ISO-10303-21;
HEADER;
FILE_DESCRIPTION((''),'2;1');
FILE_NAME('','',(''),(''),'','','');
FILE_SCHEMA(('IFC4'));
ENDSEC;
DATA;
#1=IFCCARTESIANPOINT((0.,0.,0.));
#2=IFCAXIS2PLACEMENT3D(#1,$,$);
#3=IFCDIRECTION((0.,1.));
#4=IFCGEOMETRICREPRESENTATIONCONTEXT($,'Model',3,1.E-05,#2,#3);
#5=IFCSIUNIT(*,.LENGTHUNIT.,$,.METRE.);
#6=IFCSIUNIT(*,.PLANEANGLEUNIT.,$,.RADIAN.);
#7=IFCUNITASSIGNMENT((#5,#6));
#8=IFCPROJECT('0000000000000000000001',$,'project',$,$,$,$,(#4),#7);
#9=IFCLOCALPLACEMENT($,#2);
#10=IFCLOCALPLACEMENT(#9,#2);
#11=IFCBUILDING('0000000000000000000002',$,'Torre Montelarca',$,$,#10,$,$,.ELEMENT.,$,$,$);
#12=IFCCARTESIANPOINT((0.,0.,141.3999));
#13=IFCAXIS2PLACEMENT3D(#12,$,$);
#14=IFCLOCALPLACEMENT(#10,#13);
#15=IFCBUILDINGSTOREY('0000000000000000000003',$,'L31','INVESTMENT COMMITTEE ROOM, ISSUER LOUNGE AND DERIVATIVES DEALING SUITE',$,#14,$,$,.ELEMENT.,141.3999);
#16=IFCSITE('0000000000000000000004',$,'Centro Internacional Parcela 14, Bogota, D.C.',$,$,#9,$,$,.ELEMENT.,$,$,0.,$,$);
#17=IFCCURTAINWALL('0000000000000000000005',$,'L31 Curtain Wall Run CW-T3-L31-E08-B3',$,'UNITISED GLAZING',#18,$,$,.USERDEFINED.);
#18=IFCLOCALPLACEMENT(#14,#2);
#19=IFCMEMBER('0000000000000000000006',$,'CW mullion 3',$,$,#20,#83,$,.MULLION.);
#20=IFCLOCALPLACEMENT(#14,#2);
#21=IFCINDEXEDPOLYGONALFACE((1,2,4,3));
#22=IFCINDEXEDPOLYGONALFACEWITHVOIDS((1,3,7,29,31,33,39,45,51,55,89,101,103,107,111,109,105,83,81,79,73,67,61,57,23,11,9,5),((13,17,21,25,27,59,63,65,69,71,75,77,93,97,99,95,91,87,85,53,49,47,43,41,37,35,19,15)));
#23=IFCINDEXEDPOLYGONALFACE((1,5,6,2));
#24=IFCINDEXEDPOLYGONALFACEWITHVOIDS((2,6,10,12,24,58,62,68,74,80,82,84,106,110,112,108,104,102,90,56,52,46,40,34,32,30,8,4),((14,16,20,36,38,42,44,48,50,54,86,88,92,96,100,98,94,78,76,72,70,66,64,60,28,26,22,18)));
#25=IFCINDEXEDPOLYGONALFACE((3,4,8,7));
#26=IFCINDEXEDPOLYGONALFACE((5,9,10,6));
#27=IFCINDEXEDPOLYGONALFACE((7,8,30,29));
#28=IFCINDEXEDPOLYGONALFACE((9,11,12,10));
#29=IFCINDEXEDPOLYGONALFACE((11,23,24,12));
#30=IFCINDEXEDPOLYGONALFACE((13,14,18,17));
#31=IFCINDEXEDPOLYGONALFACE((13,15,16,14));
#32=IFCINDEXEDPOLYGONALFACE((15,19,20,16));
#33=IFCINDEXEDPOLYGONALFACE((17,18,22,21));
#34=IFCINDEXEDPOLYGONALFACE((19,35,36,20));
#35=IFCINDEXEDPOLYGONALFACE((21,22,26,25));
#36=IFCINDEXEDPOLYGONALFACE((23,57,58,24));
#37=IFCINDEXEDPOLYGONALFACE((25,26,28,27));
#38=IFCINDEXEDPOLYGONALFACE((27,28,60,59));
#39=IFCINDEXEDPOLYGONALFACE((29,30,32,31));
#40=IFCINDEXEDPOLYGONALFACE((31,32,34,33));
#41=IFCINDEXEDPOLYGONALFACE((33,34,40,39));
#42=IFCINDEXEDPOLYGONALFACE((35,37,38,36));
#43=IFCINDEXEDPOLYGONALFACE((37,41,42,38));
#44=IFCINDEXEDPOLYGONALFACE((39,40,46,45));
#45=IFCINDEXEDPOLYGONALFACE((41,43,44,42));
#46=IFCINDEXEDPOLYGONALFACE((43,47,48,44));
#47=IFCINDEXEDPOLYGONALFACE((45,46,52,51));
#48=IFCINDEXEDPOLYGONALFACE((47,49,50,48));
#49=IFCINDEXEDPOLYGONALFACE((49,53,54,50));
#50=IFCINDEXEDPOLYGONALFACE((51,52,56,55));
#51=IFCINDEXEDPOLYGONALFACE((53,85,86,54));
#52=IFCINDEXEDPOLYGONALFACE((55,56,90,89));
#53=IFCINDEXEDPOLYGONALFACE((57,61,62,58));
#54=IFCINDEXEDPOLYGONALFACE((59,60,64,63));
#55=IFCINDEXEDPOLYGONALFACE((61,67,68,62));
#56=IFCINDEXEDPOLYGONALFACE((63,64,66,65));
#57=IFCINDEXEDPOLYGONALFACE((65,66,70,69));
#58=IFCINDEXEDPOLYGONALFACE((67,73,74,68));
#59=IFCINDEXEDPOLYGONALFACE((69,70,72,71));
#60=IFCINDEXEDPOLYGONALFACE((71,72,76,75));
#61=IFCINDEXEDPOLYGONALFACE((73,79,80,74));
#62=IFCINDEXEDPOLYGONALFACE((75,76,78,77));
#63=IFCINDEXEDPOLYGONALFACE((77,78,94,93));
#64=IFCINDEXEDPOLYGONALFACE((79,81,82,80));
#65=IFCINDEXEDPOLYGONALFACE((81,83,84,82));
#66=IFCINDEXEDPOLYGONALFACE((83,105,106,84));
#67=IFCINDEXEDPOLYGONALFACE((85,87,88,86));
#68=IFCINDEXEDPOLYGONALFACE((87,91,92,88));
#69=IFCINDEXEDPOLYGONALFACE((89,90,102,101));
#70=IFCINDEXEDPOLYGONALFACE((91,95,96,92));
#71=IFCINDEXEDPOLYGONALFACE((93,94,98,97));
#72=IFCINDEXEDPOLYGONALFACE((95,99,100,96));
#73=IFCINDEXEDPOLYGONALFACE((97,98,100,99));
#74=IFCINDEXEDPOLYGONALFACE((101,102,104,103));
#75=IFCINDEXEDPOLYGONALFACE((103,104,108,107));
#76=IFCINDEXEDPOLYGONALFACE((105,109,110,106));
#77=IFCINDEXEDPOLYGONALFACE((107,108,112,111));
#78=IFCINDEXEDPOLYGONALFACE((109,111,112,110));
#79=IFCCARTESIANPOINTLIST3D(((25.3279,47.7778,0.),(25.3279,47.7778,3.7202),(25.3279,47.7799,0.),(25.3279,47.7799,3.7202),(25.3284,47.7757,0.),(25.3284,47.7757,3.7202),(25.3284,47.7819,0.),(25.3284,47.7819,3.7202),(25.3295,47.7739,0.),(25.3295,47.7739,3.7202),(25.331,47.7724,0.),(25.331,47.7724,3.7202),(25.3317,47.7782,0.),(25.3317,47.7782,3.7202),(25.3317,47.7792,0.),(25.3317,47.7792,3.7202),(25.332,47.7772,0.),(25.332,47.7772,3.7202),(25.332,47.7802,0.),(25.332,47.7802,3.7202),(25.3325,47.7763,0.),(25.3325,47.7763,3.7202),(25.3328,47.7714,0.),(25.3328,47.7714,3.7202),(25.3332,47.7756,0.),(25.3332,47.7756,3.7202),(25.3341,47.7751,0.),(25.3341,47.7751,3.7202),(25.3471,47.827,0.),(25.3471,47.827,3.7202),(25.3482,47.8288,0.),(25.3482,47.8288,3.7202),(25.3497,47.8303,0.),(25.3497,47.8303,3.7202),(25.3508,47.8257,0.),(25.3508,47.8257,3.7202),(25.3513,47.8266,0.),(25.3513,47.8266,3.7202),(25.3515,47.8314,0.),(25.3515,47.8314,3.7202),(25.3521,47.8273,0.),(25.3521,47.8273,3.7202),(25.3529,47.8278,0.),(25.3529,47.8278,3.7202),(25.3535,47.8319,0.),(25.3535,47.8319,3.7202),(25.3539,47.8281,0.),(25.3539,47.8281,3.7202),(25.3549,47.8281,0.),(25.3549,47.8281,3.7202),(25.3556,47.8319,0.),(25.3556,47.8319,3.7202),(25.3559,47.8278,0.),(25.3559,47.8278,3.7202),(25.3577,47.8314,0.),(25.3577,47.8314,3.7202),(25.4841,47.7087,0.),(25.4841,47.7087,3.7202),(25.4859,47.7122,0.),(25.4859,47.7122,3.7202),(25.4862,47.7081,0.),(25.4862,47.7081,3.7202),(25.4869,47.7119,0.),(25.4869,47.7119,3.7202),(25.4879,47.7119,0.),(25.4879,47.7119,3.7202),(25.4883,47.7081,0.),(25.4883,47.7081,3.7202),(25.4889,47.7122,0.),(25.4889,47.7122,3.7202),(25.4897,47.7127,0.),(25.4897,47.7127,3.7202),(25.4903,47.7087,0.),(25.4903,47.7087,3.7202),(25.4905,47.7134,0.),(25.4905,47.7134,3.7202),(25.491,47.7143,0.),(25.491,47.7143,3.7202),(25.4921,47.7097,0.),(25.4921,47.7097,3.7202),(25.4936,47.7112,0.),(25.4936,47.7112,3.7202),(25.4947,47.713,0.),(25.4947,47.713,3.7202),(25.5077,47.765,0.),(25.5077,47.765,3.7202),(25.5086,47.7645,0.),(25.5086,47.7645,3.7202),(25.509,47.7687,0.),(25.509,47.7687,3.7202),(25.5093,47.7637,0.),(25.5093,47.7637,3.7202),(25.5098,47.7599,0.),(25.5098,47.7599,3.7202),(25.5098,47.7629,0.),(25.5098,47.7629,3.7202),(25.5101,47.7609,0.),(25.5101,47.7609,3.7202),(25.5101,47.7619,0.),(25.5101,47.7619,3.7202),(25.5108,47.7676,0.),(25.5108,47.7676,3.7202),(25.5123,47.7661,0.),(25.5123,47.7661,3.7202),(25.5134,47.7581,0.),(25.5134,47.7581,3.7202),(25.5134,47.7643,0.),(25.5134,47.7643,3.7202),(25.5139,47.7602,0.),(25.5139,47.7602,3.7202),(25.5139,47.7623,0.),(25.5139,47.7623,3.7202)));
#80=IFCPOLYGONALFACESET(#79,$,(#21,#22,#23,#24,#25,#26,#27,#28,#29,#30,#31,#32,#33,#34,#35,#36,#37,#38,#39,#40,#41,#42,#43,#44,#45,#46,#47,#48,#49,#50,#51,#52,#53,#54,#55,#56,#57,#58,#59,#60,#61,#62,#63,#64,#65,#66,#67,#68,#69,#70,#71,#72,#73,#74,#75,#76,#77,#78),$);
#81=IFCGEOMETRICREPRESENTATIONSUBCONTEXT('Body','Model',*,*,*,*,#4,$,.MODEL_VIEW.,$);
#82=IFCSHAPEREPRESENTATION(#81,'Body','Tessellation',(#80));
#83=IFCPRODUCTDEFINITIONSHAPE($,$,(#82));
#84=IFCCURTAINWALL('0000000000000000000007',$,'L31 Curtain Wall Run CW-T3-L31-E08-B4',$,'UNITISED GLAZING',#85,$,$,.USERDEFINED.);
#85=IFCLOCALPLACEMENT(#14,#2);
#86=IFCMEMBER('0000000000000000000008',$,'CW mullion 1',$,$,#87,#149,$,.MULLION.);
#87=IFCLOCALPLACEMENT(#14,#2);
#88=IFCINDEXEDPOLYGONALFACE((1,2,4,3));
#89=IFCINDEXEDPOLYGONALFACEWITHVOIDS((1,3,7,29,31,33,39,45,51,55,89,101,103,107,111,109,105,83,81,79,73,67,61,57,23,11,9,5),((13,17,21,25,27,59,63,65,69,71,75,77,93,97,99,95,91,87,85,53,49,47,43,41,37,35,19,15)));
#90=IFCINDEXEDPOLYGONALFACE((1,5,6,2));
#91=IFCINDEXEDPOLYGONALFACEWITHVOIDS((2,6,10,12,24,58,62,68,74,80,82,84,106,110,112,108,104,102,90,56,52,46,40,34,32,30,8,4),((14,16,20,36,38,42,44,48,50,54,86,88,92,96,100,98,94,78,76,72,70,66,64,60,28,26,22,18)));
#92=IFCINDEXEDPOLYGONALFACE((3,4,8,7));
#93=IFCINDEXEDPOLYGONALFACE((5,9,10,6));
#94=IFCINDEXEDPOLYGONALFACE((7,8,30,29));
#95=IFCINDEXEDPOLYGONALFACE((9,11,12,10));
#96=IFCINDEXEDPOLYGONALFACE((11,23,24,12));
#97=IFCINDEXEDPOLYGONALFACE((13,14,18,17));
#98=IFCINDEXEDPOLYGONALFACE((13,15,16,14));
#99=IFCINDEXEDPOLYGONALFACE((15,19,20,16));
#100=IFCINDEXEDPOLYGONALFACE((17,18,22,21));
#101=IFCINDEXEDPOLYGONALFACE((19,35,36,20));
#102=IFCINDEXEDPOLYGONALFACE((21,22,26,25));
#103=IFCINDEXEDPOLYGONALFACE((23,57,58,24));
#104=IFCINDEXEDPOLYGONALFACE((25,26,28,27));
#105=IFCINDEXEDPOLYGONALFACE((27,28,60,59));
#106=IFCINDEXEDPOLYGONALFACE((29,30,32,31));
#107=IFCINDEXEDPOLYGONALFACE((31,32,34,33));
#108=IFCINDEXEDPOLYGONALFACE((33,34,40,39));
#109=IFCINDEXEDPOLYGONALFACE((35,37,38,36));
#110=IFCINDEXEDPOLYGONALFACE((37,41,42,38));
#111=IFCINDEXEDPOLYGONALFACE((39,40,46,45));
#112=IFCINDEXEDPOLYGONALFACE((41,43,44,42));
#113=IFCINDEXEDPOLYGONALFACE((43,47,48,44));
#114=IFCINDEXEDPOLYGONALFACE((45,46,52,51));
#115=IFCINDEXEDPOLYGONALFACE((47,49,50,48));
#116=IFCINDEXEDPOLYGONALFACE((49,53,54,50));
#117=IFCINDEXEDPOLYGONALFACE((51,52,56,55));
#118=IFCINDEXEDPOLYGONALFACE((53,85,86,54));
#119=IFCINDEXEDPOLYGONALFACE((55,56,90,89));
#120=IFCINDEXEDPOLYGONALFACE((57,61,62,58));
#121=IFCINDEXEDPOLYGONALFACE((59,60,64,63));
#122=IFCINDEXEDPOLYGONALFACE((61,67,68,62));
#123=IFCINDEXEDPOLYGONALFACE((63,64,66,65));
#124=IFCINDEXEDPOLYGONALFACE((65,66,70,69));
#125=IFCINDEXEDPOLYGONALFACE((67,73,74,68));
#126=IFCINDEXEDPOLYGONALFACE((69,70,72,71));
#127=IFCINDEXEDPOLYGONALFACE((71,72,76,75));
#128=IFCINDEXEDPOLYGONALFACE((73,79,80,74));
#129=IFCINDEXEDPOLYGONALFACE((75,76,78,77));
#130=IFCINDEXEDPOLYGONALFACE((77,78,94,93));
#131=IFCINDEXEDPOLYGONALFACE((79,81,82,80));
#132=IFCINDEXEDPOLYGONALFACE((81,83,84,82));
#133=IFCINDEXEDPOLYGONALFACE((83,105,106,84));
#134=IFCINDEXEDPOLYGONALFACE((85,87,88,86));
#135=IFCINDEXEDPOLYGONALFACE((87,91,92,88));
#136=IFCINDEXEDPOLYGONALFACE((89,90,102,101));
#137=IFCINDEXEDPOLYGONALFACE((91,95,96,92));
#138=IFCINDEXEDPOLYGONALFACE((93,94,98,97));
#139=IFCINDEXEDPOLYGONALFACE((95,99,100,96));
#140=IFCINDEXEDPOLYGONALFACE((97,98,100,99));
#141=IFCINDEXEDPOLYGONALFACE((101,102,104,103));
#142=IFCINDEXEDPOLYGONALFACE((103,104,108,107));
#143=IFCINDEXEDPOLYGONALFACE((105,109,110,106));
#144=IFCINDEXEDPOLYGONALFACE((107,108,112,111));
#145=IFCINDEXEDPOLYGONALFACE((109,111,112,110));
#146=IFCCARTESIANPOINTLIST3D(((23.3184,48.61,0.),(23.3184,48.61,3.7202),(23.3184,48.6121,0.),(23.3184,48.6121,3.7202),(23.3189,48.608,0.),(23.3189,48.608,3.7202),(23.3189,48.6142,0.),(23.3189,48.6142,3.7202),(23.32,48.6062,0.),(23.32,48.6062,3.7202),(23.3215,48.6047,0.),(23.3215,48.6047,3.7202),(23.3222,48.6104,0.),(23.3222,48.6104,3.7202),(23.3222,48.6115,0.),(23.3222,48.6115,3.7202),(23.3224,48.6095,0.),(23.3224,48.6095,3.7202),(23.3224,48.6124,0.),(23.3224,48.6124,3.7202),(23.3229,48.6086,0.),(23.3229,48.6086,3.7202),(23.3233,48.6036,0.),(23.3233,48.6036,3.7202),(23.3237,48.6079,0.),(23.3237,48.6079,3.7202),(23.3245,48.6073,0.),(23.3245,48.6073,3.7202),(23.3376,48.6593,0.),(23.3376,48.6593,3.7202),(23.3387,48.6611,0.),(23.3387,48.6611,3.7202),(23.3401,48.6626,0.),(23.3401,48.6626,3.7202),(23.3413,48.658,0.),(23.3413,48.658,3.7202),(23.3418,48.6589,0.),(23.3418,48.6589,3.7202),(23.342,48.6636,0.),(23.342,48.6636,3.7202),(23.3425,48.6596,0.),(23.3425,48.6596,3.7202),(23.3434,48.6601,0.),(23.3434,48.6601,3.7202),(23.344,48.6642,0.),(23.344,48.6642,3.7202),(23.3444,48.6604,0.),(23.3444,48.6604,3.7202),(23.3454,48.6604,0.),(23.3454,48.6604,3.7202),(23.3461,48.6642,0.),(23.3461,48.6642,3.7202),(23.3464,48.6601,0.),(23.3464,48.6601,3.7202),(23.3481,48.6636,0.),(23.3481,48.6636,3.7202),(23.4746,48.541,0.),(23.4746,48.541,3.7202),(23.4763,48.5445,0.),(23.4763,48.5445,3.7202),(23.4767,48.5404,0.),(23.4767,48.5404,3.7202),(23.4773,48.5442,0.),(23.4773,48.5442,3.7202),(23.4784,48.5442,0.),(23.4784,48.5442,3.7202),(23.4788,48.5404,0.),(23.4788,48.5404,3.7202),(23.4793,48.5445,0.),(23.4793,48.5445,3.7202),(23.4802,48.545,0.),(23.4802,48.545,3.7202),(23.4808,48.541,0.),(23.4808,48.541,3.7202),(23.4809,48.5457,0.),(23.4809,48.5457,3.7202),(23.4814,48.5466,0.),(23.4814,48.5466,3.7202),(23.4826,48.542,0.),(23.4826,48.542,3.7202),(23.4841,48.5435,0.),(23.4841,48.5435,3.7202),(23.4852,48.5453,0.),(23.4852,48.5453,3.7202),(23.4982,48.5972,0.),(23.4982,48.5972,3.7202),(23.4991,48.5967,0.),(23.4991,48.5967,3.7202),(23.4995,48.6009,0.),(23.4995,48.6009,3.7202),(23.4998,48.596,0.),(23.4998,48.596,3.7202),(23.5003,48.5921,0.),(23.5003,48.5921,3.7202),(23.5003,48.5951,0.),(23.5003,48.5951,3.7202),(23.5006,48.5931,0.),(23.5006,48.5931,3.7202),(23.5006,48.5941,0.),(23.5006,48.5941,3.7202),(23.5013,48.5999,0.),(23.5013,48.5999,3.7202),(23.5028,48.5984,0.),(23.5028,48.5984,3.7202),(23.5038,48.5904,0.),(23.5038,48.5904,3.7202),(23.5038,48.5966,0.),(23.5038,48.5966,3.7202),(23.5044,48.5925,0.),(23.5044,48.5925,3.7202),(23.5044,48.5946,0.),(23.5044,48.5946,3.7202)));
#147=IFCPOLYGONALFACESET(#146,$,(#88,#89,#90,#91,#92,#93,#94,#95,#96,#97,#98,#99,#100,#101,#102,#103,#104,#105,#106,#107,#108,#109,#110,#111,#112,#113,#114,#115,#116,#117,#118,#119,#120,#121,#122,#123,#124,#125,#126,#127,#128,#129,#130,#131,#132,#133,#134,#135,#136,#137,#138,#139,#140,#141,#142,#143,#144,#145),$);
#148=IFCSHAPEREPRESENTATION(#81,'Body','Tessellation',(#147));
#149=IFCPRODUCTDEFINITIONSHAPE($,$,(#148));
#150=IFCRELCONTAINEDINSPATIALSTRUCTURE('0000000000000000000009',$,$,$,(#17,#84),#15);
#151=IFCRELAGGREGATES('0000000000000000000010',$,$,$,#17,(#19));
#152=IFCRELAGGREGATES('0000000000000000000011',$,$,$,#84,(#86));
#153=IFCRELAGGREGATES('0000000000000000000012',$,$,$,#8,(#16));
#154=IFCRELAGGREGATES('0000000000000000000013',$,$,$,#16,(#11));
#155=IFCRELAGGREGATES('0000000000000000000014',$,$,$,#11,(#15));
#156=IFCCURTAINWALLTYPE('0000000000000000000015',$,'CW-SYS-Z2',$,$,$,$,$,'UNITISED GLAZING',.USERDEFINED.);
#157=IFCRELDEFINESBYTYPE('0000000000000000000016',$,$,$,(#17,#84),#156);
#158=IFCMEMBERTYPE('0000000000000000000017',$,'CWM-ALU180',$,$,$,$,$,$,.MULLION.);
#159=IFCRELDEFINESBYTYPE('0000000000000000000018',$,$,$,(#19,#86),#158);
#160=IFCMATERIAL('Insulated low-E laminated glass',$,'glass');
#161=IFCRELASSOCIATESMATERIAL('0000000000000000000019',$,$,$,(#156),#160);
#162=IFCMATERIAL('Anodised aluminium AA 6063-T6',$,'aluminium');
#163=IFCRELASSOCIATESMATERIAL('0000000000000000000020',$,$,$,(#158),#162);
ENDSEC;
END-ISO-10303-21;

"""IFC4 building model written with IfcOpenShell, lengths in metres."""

from ifc_helpers import new_model, si_unit, direction, frame, origin, origin_2d, place, context, subcontext, project, spatial, hollow_rectangle, extrude, source, transform, mapped, material, material_profile, profile_set, type_object, element, aggregate, save


model = new_model("IFC4")

# Units and contexts
model_context = context("Model", 3, precision=1e-05, world=origin(), true_north=direction((0.0, 1.0)))
body_context = subcontext(model_context, "Body", "Model", "MODEL_VIEW")
ifc_project = project(units=[si_unit("LENGTHUNIT", "METRE"), si_unit("PLANEANGLEUNIT", "RADIAN")], contexts=[model_context])

# Site, building, storey
site_placement = place(None, origin())
site = spatial("IfcSite", under=ifc_project, at=site_placement, Name="Centro Internacional Parcela 14, Bogota, D.C.", CompositionType="ELEMENT", RefElevation=0.0)
building_placement = place(site_placement, origin())
building = spatial("IfcBuilding", under=site, at=building_placement, Name="Torre Montelarca", CompositionType="ELEMENT")
storey_placement = place(building_placement, frame((0.0, 0.0, 141.3999)))
storey = spatial("IfcBuildingStorey", under=building, at=storey_placement, Name="L31", Description="INVESTMENT COMMITTEE ROOM, ISSUER LOUNGE AND DERIVATIVES DEALING SUITE", CompositionType="ELEMENT", Elevation=141.3999)

# Curtain wall, member
ifc_material_1 = material(Name="Insulated low-E laminated glass", Category="glass")
curtain_wall_type = type_object("IfcCurtainWallType", Name="CW-SYS-Z2", ElementType="UNITISED GLAZING", PredefinedType="USERDEFINED", material=ifc_material_1)
curtain_wall_1_placement = place(storey_placement, origin())
curtain_wall_1 = element("IfcCurtainWall", 1, at=curtain_wall_1_placement, inside=storey, type_object=curtain_wall_type, Name="L31 Curtain Wall Run CW-T3-L31-E08-B3", ObjectType="UNITISED GLAZING", PredefinedType="USERDEFINED")
ifc_material_2 = material(Name="Anodised aluminium AA 6063-T6", Category="aluminium")
ifc_material_profile_1 = material_profile(ifc_material_2, hollow_rectangle(XDim=0.0649, YDim=0.1799, WallThickness=0.0039, InnerFilletRadius=0.0039, OuterFilletRadius=0.0081, at=origin_2d()), Name="ALU65X180X4", Category="aluminium")
ifc_profile_set_1 = profile_set([ifc_material_profile_1], Name="Anodised aluminium AA 6063-T6")
member_type_1 = type_object("IfcMemberType", Name="CWM-ALU180", PredefinedType="MULLION", material=ifc_profile_set_1)
shared_shape_1 = source(origin(), body_context, "Body", "SweptSolid", [
    extrude(hollow_rectangle(XDim=0.0649, YDim=0.1799, WallThickness=0.0039, InnerFilletRadius=0.0039, OuterFilletRadius=0.0081, at=origin_2d()), origin(), (0.0, 0.0, 1.0), 3.7202),
])
member_1_placement = place(storey_placement, frame((25.4209, 47.77, 0.0), z_axis=(0.0, 0.0, 1.0), x_axis=(-0.382686, -0.923878, 0.0)))
member_1 = element("IfcMember", 2, at=member_1_placement, type_object=member_type_1, Name="CW mullion 3", PredefinedType="MULLION", context=body_context, shape_type="MappedRepresentation", body=[
    mapped(shared_shape_1, transform((0.0, 0.0, 0.0), scale=1.0)),
])

# Curtain wall, member
curtain_wall_2_placement = place(storey_placement, origin())
curtain_wall_2 = element("IfcCurtainWall", 3, at=curtain_wall_2_placement, inside=storey, type_object=curtain_wall_type, Name="L31 Curtain Wall Run CW-T3-L31-E08-B4", ObjectType="UNITISED GLAZING", PredefinedType="USERDEFINED")
member_2_placement = place(storey_placement, frame((23.4114, 48.6023, 0.0), z_axis=(0.0, 0.0, 1.0), x_axis=(-0.382686, -0.923878, 0.0)))
member_2 = element("IfcMember", 4, at=member_2_placement, type_object=member_type_1, Name="CW mullion 1", PredefinedType="MULLION", context=body_context, shape_type="MappedRepresentation", body=[
    mapped(shared_shape_1, transform((0.0, 0.0, 0.0), scale=1.0)),
])

aggregate(curtain_wall_1, [member_1])
aggregate(curtain_wall_2, [member_2])

save(model, "model.ifc")
